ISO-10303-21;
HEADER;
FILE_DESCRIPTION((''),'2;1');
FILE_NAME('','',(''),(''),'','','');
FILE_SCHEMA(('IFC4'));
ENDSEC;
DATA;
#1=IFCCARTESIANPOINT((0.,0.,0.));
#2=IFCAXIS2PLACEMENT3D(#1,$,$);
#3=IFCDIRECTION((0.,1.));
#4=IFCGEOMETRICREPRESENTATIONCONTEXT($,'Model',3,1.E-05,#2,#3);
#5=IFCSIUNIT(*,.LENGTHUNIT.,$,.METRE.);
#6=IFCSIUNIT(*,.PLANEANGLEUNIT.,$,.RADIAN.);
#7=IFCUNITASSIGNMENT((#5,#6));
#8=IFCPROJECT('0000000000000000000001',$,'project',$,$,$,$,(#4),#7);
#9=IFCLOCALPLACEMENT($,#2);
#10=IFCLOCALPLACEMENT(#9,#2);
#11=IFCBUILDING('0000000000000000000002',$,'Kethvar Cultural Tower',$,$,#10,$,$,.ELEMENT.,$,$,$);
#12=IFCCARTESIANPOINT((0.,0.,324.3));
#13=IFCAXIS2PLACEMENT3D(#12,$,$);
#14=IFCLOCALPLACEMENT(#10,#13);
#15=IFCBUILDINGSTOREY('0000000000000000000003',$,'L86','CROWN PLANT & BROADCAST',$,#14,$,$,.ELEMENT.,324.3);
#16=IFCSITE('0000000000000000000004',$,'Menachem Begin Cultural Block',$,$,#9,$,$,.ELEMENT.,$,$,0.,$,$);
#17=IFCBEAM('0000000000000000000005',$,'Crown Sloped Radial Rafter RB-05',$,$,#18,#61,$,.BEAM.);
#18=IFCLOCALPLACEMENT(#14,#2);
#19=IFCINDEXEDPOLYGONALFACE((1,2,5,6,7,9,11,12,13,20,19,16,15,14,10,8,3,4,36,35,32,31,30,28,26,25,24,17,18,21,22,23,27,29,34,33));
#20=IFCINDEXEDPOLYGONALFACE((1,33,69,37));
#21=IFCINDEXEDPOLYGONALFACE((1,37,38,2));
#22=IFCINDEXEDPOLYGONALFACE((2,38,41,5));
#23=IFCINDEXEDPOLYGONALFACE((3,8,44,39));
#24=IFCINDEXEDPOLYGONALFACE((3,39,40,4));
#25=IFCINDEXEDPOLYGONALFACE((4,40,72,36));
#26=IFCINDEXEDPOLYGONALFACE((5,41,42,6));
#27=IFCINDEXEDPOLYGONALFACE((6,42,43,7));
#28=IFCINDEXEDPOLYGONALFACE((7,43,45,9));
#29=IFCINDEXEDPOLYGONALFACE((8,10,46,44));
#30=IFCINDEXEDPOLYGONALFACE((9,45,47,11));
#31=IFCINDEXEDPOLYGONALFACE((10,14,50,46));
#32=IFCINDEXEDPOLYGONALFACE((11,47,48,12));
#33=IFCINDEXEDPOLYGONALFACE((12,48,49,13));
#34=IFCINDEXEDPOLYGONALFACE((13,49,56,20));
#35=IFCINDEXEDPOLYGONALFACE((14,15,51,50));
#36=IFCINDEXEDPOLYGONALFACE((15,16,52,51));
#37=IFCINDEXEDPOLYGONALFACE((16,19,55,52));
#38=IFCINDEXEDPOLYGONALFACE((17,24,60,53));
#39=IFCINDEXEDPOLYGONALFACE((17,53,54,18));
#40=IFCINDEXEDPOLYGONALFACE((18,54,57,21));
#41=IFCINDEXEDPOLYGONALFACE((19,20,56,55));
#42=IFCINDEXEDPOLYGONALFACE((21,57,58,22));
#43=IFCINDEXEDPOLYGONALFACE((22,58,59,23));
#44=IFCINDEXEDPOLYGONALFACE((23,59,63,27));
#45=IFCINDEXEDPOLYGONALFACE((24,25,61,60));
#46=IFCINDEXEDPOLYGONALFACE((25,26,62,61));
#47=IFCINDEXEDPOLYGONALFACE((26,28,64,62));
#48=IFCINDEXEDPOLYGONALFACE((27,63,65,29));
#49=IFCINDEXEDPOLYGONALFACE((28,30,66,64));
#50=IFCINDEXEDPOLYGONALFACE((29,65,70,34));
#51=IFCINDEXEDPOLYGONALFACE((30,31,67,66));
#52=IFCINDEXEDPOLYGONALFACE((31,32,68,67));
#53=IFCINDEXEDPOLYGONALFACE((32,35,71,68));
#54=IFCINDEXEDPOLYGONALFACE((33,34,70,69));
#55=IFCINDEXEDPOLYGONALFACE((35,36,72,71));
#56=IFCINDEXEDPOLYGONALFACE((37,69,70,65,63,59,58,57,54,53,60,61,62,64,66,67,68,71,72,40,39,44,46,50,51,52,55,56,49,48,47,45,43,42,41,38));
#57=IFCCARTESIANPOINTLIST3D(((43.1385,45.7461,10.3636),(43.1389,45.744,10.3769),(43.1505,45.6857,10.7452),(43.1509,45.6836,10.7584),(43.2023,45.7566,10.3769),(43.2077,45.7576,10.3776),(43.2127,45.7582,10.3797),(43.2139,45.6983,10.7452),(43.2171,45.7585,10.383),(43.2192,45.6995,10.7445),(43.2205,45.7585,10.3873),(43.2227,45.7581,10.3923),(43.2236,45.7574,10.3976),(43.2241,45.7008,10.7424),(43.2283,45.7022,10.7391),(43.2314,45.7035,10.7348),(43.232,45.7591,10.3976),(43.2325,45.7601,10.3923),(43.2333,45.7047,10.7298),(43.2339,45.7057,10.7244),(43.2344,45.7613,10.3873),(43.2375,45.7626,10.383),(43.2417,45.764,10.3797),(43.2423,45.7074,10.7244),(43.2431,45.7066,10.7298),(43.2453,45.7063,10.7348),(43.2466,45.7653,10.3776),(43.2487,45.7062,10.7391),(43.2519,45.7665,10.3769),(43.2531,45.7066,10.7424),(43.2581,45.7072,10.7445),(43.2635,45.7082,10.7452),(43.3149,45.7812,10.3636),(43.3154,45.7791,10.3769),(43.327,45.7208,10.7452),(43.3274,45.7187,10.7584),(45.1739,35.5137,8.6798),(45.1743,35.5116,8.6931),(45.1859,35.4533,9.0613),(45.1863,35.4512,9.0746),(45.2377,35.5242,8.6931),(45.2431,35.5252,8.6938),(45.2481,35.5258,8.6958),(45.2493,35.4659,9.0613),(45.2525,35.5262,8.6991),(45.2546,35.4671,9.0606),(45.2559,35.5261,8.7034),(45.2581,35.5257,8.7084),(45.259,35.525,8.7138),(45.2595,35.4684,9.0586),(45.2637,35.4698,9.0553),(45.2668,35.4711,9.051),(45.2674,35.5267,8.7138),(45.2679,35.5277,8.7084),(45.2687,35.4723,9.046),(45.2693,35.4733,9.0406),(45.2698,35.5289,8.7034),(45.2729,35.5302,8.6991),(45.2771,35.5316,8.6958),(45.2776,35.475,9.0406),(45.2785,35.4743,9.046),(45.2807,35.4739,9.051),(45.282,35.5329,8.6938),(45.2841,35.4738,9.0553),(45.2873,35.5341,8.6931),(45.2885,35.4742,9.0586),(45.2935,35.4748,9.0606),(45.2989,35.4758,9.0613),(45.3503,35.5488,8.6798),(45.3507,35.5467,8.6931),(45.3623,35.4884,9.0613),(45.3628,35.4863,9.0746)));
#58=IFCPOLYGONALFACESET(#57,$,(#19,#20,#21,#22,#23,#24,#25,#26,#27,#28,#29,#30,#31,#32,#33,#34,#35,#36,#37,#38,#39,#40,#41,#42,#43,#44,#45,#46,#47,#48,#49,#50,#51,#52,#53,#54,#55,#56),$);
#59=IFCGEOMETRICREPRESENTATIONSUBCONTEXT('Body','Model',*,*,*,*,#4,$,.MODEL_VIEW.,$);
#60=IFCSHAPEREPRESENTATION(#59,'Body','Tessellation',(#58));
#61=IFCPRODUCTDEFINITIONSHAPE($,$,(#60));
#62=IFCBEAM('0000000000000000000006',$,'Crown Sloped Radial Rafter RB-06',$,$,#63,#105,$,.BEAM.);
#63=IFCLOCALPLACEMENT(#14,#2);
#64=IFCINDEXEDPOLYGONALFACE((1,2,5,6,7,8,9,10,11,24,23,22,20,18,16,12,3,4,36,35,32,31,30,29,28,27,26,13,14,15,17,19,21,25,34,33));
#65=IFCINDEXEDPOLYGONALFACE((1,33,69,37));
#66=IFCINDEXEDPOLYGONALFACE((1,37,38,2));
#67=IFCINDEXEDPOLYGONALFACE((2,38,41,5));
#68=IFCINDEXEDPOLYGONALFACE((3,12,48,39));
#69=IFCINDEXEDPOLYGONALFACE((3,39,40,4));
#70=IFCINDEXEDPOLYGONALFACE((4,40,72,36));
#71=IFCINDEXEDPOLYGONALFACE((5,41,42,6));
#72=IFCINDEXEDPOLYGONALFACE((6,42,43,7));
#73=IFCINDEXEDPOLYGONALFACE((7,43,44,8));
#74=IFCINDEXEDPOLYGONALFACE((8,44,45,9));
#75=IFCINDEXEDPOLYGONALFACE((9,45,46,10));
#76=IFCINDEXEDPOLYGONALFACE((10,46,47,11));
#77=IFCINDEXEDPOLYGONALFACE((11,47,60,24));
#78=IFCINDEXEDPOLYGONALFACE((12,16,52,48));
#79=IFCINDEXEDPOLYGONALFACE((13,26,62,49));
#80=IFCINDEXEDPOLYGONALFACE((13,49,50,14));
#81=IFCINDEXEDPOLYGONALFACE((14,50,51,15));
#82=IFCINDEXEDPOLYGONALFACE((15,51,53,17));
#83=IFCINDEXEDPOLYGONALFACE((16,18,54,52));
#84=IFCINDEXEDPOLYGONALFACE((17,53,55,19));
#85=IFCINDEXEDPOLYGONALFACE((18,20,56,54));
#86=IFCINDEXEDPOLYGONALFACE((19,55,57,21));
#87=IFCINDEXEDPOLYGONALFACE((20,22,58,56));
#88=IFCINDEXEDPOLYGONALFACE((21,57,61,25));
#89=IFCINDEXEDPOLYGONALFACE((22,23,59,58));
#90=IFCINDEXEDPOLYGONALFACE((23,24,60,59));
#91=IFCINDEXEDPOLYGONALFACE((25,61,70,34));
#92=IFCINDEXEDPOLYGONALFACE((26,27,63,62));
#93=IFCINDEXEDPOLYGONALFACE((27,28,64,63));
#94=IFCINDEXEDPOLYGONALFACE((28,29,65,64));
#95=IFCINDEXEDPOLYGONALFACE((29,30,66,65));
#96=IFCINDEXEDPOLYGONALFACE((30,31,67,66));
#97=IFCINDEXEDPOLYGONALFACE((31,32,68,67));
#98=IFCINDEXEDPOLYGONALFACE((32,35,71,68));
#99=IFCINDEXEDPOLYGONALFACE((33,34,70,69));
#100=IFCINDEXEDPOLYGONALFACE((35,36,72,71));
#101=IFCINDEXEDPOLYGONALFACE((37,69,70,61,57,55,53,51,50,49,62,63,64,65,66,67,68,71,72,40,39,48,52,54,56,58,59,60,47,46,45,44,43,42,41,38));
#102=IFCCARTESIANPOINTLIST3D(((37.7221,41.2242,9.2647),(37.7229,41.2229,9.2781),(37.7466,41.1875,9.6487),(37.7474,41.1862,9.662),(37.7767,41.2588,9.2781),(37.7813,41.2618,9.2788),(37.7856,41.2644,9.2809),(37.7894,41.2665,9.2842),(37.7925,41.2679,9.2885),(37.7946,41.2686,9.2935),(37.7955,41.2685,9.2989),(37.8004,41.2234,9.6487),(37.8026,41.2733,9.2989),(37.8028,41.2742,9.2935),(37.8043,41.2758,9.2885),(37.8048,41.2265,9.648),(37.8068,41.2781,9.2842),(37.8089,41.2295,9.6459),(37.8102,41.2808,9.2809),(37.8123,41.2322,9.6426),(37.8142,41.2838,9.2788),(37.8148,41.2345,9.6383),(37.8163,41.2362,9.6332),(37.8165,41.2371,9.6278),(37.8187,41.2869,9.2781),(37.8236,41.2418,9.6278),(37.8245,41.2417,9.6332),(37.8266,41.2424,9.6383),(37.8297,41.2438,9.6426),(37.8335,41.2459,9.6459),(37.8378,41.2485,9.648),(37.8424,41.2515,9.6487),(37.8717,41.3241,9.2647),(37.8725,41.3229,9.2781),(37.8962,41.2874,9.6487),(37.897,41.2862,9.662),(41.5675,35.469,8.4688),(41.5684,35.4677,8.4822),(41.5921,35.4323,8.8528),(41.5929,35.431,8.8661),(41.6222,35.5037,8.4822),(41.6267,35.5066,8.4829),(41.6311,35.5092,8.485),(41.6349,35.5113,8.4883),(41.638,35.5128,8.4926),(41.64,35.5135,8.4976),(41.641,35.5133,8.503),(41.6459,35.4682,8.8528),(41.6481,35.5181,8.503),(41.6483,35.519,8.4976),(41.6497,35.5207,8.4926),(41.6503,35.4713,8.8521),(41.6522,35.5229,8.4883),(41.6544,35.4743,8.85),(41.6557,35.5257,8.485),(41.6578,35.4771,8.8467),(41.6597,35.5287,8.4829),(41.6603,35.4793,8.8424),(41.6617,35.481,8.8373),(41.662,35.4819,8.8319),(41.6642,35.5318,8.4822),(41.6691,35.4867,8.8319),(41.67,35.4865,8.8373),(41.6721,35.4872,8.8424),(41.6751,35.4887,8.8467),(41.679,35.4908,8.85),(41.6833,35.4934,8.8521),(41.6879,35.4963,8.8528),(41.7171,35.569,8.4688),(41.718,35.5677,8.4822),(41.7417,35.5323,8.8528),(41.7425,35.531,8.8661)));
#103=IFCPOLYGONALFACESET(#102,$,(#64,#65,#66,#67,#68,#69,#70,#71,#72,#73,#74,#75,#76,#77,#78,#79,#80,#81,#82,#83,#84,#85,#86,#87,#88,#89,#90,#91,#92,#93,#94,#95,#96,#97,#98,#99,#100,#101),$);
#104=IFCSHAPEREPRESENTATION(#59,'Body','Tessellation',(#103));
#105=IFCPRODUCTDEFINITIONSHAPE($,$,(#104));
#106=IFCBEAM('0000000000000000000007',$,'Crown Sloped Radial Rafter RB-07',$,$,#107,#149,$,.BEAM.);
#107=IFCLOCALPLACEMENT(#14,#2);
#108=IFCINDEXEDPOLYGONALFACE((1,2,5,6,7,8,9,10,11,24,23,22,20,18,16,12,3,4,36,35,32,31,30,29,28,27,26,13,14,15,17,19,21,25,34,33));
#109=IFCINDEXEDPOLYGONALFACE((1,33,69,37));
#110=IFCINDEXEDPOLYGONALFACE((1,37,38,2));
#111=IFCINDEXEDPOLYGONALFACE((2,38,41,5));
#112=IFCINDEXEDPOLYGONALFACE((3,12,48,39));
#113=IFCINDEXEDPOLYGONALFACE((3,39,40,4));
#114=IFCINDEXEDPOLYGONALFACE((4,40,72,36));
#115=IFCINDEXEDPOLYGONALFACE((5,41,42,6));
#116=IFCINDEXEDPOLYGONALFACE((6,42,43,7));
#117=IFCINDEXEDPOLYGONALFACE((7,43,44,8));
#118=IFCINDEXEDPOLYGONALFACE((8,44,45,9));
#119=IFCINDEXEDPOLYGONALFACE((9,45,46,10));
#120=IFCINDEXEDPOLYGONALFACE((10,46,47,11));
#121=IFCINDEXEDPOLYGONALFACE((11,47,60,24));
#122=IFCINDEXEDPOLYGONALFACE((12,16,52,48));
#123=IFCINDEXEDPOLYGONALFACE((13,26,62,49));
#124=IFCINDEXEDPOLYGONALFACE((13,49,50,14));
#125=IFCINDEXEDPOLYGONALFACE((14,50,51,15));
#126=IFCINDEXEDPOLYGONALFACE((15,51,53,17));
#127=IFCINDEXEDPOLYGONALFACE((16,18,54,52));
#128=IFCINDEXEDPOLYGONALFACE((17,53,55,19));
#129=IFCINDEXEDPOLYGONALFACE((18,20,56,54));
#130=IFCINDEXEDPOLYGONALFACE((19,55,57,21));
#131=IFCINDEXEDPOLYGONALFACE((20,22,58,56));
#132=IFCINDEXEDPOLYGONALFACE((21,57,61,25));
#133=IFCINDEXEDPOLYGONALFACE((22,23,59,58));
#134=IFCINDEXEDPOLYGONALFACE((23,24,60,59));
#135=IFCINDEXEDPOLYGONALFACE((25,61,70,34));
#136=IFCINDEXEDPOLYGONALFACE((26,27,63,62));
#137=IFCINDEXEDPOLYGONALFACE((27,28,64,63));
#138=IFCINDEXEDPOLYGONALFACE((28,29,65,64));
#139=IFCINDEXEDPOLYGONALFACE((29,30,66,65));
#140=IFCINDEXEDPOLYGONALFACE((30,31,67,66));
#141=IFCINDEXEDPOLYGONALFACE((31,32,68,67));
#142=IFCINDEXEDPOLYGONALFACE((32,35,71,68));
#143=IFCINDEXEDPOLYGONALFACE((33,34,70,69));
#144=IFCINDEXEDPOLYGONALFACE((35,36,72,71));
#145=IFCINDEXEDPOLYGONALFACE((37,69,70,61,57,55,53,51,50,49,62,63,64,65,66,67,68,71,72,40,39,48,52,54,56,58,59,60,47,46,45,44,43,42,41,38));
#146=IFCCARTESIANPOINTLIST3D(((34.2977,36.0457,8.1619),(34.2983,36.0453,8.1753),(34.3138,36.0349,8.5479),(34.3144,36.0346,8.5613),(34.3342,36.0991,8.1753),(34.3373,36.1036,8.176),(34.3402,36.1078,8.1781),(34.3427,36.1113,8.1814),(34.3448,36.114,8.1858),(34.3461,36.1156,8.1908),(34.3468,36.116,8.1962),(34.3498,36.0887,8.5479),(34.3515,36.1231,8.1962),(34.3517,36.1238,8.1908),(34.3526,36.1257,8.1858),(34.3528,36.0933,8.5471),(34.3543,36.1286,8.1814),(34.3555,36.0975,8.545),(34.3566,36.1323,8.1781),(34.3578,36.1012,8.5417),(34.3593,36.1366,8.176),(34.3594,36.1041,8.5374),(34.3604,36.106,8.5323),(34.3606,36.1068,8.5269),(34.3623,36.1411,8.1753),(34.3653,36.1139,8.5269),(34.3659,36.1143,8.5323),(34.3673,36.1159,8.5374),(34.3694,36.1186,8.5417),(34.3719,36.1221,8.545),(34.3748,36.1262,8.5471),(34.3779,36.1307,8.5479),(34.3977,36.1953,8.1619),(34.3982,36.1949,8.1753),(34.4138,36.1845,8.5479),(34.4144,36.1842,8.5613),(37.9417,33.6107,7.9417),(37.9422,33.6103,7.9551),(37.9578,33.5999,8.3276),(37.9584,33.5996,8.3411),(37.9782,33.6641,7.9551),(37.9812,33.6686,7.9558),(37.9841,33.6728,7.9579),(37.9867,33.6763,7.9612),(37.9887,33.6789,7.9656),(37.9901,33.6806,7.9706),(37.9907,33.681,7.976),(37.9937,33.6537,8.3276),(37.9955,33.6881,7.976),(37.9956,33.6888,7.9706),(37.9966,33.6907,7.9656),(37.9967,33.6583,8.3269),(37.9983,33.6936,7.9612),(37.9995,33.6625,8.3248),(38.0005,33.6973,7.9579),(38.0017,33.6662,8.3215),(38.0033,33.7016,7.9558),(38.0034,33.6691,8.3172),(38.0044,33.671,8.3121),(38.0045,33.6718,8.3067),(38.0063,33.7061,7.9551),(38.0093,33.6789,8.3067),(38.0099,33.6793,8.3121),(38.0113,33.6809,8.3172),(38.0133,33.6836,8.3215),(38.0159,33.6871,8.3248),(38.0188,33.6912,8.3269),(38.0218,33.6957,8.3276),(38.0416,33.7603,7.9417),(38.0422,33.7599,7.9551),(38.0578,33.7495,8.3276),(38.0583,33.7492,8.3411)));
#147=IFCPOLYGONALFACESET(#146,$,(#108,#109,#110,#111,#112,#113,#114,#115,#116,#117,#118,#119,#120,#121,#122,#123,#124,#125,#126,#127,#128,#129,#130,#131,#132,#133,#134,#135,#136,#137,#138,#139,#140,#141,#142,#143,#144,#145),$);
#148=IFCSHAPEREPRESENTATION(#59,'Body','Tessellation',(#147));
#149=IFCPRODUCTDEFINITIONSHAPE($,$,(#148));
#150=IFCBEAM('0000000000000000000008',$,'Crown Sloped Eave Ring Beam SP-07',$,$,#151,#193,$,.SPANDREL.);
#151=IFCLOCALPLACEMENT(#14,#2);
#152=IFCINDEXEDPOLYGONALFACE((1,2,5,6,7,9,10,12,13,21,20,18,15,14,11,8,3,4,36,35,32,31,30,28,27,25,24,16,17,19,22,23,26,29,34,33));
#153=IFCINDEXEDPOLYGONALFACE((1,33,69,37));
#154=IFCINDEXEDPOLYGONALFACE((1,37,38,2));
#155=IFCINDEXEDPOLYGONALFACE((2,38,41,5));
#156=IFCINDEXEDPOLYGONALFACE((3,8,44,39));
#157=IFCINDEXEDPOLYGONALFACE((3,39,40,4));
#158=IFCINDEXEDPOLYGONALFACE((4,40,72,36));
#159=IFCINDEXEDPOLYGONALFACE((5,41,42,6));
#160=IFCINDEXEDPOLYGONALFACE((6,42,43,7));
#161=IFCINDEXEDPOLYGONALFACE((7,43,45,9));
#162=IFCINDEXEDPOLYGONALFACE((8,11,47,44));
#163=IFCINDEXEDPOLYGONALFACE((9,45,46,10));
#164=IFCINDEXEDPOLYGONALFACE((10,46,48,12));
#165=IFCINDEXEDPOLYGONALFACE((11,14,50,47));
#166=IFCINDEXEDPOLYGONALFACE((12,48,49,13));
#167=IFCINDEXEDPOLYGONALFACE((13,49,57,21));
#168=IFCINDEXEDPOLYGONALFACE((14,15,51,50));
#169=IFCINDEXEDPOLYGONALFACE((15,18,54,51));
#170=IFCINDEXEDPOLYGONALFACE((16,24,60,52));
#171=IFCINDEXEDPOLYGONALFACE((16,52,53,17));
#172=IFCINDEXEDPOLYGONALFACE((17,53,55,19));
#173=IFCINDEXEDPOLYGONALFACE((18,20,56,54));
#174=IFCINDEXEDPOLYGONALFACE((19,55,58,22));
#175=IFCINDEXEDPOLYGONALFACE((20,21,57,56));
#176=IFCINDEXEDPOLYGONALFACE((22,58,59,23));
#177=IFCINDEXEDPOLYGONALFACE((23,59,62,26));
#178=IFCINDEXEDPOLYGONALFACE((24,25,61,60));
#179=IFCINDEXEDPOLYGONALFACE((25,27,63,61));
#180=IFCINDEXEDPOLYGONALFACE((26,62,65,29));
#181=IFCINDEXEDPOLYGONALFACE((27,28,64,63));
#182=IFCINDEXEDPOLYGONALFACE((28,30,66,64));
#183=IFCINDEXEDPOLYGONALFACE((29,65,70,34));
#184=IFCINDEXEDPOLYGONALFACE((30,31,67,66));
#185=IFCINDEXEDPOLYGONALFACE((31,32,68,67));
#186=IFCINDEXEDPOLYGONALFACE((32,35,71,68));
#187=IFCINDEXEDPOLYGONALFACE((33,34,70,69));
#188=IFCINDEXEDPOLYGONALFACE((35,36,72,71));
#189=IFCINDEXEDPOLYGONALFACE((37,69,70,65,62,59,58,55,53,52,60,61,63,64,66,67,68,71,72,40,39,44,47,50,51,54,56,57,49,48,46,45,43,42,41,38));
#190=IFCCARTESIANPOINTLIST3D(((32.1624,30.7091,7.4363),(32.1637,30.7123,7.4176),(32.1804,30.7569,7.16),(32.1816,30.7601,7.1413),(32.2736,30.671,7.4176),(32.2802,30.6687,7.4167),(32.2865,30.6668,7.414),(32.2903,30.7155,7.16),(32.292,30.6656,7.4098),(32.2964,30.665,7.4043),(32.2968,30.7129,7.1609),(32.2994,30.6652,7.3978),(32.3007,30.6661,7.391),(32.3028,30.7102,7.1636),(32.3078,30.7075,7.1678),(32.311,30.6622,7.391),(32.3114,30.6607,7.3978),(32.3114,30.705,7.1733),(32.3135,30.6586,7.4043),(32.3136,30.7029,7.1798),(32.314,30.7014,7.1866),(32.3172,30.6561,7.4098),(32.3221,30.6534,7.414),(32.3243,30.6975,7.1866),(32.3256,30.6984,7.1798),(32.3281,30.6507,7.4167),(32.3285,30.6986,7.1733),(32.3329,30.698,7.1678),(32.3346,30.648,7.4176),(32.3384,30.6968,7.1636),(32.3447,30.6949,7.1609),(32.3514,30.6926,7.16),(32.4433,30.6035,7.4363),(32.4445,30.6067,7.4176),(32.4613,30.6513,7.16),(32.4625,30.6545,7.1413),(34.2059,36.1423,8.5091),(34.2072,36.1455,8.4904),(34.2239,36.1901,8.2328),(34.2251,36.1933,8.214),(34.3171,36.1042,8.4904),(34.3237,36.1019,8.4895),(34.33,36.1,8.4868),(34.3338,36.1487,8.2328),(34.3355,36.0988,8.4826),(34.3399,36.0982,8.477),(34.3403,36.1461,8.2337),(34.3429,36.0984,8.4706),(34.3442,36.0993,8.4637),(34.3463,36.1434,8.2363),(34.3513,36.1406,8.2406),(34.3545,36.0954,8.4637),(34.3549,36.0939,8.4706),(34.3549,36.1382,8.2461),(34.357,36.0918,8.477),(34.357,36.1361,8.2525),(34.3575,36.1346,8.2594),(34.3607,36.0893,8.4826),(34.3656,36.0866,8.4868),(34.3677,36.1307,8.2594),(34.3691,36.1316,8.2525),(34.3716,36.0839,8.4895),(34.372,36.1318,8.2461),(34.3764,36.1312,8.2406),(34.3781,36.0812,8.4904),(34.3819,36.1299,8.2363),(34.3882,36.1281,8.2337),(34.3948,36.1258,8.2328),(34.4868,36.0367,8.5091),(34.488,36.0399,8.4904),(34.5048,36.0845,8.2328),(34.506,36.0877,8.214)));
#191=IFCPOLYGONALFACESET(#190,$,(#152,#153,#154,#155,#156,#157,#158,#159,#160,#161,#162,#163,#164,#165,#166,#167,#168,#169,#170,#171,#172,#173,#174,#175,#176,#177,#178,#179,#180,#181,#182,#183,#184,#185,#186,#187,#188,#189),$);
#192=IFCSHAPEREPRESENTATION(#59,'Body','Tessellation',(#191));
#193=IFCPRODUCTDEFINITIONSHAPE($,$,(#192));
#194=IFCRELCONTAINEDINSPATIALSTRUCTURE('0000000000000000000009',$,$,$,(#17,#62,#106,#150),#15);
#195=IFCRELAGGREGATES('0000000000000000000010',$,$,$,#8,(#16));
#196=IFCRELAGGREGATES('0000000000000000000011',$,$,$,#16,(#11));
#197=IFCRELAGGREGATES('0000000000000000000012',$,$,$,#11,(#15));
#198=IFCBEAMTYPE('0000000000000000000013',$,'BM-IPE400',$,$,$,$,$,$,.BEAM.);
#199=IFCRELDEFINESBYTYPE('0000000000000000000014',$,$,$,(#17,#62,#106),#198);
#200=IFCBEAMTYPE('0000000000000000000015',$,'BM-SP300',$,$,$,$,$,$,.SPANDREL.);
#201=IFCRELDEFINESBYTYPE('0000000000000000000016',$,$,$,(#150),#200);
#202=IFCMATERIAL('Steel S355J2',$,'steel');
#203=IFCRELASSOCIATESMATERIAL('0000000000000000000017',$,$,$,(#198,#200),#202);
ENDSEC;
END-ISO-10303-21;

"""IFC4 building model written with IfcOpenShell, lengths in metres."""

from ifc_helpers import new_model, si_unit, direction, frame, origin, origin_2d, place, context, subcontext, project, spatial, i_section, extrude, source, transform, mapped, material, material_profile, profile_set, type_object, element, save


model = new_model("IFC4")

# Units and contexts
model_context = context("Model", 3, precision=1e-05, world=origin(), true_north=direction((0.0, 1.0)))
body_context = subcontext(model_context, "Body", "Model", "MODEL_VIEW")
ifc_project = project(units=[si_unit("LENGTHUNIT", "METRE"), si_unit("PLANEANGLEUNIT", "RADIAN")], contexts=[model_context])

# Site, building, storey
site_placement = place(None, origin())
site = spatial("IfcSite", under=ifc_project, at=site_placement, Name="Menachem Begin Cultural Block", CompositionType="ELEMENT", RefElevation=0.0)
building_placement = place(site_placement, origin())
building = spatial("IfcBuilding", under=site, at=building_placement, Name="Kethvar Cultural Tower", CompositionType="ELEMENT")
storey_placement = place(building_placement, frame((0.0, 0.0, 324.3)))
storey = spatial("IfcBuildingStorey", under=building, at=storey_placement, Name="L86", Description="CROWN PLANT & BROADCAST", CompositionType="ELEMENT", Elevation=324.3)

# Beams
ifc_material_1 = material(Name="Steel S355J2", Category="steel")
ifc_material_profile_1 = material_profile(ifc_material_1, i_section(OverallWidth=0.1799, OverallDepth=0.3999, WebThickness=0.0085, FlangeThickness=0.0134, FilletRadius=0.021, at=origin_2d()), Name="Steel S355J2 — IPE400")
ifc_profile_set_1 = profile_set([ifc_material_profile_1], Name="Steel S355J2 — IPE400")
beam_type_1 = type_object("IfcBeamType", Name="BM-IPE400", PredefinedType="BEAM", material=ifc_profile_set_1)
shared_shape_1 = source(origin(), body_context, "Body", "SweptSolid", [
    extrude(i_section(OverallWidth=0.1799, OverallDepth=0.3999, WebThickness=0.0085, FlangeThickness=0.0134, FilletRadius=0.021, at=origin_2d()), origin(), (0.0, 0.0, 1.0), 10.5679),
])
beam_1_placement = place(storey_placement, frame((45.2683, 35.5, 8.8772), z_axis=(-0.192602, 0.968255, 0.159335), x_axis=(-0.980784, -0.195094, 0.0)))
element("IfcBeam", 1, at=beam_1_placement, inside=storey, type_object=beam_type_1, Name="Crown Sloped Radial Rafter RB-05", PredefinedType="BEAM", context=body_context, shape_type="MappedRepresentation", body=[
    mapped(shared_shape_1, transform((0.0, 0.0, 0.0), scale=1.0)),
])
shared_shape_2 = source(origin(), body_context, "Body", "SweptSolid", [
    extrude(i_section(OverallWidth=0.1799, OverallDepth=0.3999, WebThickness=0.0085, FlangeThickness=0.0134, FilletRadius=0.021, at=origin_2d()), origin(), (0.0, 0.0, 1.0), 6.9673),
])
beam_2_placement = place(storey_placement, frame((41.655, 35.5, 8.6675), z_axis=(-0.551934, 0.826026, 0.114234), x_axis=(-0.831469, -0.555571, 0.0)))
element("IfcBeam", 2, at=beam_2_placement, inside=storey, type_object=beam_type_1, Name="Crown Sloped Radial Rafter RB-06", PredefinedType="BEAM", context=body_context, shape_type="MappedRepresentation", body=[
    mapped(shared_shape_2, transform((0.0, 0.0, 0.0), scale=1.0)),
])
shared_shape_3 = source(origin(), body_context, "Body", "SweptSolid", [
    extrude(i_section(OverallWidth=0.1799, OverallDepth=0.3999, WebThickness=0.0085, FlangeThickness=0.0134, FilletRadius=0.021, at=origin_2d()), origin(), (0.0, 0.0, 1.0), 4.3882),
])
beam_3_placement = place(storey_placement, frame((38.0, 33.6799, 8.1414), z_axis=(-0.830402, 0.5549, 0.050182), x_axis=(-0.5556, -0.83145, 0.0)))
element("IfcBeam", 3, at=beam_3_placement, inside=storey, type_object=beam_type_1, Name="Crown Sloped Radial Rafter RB-07", PredefinedType="BEAM", context=body_context, shape_type="MappedRepresentation", body=[
    mapped(shared_shape_3, transform((0.0, 0.0, 0.0), scale=1.0)),
])
ifc_material_profile_2 = material_profile(ifc_material_1, i_section(OverallWidth=0.3, OverallDepth=0.3, WebThickness=0.011, FlangeThickness=0.019, FilletRadius=0.0271, at=origin_2d()), Name="Steel S355J2 — HEB300")
ifc_profile_set_2 = profile_set([ifc_material_profile_2], Name="Steel S355J2 — HEB300")
beam_type_2 = type_object("IfcBeamType", Name="BM-SP300", PredefinedType="SPANDREL", material=ifc_profile_set_2)
shared_shape_4 = source(origin(), body_context, "Body", "SweptSolid", [
    extrude(i_section(OverallWidth=0.3, OverallDepth=0.3, WebThickness=0.011, FlangeThickness=0.019, FilletRadius=0.0271, at=origin_2d()), origin(), (0.0, 0.0, 1.0), 5.9031),
])
beam_4_placement = place(storey_placement, frame((34.356, 36.115, 8.3616), z_axis=(-0.346174, -0.920401, -0.181731), x_axis=(0.935986, -0.352036, 0.0)))
element("IfcBeam", 4, at=beam_4_placement, inside=storey, type_object=beam_type_2, Name="Crown Sloped Eave Ring Beam SP-07", PredefinedType="SPANDREL", context=body_context, shape_type="MappedRepresentation", body=[
    mapped(shared_shape_4, transform((0.0, 0.0, 0.0), scale=1.0)),
])

save(model, "model.ifc")
